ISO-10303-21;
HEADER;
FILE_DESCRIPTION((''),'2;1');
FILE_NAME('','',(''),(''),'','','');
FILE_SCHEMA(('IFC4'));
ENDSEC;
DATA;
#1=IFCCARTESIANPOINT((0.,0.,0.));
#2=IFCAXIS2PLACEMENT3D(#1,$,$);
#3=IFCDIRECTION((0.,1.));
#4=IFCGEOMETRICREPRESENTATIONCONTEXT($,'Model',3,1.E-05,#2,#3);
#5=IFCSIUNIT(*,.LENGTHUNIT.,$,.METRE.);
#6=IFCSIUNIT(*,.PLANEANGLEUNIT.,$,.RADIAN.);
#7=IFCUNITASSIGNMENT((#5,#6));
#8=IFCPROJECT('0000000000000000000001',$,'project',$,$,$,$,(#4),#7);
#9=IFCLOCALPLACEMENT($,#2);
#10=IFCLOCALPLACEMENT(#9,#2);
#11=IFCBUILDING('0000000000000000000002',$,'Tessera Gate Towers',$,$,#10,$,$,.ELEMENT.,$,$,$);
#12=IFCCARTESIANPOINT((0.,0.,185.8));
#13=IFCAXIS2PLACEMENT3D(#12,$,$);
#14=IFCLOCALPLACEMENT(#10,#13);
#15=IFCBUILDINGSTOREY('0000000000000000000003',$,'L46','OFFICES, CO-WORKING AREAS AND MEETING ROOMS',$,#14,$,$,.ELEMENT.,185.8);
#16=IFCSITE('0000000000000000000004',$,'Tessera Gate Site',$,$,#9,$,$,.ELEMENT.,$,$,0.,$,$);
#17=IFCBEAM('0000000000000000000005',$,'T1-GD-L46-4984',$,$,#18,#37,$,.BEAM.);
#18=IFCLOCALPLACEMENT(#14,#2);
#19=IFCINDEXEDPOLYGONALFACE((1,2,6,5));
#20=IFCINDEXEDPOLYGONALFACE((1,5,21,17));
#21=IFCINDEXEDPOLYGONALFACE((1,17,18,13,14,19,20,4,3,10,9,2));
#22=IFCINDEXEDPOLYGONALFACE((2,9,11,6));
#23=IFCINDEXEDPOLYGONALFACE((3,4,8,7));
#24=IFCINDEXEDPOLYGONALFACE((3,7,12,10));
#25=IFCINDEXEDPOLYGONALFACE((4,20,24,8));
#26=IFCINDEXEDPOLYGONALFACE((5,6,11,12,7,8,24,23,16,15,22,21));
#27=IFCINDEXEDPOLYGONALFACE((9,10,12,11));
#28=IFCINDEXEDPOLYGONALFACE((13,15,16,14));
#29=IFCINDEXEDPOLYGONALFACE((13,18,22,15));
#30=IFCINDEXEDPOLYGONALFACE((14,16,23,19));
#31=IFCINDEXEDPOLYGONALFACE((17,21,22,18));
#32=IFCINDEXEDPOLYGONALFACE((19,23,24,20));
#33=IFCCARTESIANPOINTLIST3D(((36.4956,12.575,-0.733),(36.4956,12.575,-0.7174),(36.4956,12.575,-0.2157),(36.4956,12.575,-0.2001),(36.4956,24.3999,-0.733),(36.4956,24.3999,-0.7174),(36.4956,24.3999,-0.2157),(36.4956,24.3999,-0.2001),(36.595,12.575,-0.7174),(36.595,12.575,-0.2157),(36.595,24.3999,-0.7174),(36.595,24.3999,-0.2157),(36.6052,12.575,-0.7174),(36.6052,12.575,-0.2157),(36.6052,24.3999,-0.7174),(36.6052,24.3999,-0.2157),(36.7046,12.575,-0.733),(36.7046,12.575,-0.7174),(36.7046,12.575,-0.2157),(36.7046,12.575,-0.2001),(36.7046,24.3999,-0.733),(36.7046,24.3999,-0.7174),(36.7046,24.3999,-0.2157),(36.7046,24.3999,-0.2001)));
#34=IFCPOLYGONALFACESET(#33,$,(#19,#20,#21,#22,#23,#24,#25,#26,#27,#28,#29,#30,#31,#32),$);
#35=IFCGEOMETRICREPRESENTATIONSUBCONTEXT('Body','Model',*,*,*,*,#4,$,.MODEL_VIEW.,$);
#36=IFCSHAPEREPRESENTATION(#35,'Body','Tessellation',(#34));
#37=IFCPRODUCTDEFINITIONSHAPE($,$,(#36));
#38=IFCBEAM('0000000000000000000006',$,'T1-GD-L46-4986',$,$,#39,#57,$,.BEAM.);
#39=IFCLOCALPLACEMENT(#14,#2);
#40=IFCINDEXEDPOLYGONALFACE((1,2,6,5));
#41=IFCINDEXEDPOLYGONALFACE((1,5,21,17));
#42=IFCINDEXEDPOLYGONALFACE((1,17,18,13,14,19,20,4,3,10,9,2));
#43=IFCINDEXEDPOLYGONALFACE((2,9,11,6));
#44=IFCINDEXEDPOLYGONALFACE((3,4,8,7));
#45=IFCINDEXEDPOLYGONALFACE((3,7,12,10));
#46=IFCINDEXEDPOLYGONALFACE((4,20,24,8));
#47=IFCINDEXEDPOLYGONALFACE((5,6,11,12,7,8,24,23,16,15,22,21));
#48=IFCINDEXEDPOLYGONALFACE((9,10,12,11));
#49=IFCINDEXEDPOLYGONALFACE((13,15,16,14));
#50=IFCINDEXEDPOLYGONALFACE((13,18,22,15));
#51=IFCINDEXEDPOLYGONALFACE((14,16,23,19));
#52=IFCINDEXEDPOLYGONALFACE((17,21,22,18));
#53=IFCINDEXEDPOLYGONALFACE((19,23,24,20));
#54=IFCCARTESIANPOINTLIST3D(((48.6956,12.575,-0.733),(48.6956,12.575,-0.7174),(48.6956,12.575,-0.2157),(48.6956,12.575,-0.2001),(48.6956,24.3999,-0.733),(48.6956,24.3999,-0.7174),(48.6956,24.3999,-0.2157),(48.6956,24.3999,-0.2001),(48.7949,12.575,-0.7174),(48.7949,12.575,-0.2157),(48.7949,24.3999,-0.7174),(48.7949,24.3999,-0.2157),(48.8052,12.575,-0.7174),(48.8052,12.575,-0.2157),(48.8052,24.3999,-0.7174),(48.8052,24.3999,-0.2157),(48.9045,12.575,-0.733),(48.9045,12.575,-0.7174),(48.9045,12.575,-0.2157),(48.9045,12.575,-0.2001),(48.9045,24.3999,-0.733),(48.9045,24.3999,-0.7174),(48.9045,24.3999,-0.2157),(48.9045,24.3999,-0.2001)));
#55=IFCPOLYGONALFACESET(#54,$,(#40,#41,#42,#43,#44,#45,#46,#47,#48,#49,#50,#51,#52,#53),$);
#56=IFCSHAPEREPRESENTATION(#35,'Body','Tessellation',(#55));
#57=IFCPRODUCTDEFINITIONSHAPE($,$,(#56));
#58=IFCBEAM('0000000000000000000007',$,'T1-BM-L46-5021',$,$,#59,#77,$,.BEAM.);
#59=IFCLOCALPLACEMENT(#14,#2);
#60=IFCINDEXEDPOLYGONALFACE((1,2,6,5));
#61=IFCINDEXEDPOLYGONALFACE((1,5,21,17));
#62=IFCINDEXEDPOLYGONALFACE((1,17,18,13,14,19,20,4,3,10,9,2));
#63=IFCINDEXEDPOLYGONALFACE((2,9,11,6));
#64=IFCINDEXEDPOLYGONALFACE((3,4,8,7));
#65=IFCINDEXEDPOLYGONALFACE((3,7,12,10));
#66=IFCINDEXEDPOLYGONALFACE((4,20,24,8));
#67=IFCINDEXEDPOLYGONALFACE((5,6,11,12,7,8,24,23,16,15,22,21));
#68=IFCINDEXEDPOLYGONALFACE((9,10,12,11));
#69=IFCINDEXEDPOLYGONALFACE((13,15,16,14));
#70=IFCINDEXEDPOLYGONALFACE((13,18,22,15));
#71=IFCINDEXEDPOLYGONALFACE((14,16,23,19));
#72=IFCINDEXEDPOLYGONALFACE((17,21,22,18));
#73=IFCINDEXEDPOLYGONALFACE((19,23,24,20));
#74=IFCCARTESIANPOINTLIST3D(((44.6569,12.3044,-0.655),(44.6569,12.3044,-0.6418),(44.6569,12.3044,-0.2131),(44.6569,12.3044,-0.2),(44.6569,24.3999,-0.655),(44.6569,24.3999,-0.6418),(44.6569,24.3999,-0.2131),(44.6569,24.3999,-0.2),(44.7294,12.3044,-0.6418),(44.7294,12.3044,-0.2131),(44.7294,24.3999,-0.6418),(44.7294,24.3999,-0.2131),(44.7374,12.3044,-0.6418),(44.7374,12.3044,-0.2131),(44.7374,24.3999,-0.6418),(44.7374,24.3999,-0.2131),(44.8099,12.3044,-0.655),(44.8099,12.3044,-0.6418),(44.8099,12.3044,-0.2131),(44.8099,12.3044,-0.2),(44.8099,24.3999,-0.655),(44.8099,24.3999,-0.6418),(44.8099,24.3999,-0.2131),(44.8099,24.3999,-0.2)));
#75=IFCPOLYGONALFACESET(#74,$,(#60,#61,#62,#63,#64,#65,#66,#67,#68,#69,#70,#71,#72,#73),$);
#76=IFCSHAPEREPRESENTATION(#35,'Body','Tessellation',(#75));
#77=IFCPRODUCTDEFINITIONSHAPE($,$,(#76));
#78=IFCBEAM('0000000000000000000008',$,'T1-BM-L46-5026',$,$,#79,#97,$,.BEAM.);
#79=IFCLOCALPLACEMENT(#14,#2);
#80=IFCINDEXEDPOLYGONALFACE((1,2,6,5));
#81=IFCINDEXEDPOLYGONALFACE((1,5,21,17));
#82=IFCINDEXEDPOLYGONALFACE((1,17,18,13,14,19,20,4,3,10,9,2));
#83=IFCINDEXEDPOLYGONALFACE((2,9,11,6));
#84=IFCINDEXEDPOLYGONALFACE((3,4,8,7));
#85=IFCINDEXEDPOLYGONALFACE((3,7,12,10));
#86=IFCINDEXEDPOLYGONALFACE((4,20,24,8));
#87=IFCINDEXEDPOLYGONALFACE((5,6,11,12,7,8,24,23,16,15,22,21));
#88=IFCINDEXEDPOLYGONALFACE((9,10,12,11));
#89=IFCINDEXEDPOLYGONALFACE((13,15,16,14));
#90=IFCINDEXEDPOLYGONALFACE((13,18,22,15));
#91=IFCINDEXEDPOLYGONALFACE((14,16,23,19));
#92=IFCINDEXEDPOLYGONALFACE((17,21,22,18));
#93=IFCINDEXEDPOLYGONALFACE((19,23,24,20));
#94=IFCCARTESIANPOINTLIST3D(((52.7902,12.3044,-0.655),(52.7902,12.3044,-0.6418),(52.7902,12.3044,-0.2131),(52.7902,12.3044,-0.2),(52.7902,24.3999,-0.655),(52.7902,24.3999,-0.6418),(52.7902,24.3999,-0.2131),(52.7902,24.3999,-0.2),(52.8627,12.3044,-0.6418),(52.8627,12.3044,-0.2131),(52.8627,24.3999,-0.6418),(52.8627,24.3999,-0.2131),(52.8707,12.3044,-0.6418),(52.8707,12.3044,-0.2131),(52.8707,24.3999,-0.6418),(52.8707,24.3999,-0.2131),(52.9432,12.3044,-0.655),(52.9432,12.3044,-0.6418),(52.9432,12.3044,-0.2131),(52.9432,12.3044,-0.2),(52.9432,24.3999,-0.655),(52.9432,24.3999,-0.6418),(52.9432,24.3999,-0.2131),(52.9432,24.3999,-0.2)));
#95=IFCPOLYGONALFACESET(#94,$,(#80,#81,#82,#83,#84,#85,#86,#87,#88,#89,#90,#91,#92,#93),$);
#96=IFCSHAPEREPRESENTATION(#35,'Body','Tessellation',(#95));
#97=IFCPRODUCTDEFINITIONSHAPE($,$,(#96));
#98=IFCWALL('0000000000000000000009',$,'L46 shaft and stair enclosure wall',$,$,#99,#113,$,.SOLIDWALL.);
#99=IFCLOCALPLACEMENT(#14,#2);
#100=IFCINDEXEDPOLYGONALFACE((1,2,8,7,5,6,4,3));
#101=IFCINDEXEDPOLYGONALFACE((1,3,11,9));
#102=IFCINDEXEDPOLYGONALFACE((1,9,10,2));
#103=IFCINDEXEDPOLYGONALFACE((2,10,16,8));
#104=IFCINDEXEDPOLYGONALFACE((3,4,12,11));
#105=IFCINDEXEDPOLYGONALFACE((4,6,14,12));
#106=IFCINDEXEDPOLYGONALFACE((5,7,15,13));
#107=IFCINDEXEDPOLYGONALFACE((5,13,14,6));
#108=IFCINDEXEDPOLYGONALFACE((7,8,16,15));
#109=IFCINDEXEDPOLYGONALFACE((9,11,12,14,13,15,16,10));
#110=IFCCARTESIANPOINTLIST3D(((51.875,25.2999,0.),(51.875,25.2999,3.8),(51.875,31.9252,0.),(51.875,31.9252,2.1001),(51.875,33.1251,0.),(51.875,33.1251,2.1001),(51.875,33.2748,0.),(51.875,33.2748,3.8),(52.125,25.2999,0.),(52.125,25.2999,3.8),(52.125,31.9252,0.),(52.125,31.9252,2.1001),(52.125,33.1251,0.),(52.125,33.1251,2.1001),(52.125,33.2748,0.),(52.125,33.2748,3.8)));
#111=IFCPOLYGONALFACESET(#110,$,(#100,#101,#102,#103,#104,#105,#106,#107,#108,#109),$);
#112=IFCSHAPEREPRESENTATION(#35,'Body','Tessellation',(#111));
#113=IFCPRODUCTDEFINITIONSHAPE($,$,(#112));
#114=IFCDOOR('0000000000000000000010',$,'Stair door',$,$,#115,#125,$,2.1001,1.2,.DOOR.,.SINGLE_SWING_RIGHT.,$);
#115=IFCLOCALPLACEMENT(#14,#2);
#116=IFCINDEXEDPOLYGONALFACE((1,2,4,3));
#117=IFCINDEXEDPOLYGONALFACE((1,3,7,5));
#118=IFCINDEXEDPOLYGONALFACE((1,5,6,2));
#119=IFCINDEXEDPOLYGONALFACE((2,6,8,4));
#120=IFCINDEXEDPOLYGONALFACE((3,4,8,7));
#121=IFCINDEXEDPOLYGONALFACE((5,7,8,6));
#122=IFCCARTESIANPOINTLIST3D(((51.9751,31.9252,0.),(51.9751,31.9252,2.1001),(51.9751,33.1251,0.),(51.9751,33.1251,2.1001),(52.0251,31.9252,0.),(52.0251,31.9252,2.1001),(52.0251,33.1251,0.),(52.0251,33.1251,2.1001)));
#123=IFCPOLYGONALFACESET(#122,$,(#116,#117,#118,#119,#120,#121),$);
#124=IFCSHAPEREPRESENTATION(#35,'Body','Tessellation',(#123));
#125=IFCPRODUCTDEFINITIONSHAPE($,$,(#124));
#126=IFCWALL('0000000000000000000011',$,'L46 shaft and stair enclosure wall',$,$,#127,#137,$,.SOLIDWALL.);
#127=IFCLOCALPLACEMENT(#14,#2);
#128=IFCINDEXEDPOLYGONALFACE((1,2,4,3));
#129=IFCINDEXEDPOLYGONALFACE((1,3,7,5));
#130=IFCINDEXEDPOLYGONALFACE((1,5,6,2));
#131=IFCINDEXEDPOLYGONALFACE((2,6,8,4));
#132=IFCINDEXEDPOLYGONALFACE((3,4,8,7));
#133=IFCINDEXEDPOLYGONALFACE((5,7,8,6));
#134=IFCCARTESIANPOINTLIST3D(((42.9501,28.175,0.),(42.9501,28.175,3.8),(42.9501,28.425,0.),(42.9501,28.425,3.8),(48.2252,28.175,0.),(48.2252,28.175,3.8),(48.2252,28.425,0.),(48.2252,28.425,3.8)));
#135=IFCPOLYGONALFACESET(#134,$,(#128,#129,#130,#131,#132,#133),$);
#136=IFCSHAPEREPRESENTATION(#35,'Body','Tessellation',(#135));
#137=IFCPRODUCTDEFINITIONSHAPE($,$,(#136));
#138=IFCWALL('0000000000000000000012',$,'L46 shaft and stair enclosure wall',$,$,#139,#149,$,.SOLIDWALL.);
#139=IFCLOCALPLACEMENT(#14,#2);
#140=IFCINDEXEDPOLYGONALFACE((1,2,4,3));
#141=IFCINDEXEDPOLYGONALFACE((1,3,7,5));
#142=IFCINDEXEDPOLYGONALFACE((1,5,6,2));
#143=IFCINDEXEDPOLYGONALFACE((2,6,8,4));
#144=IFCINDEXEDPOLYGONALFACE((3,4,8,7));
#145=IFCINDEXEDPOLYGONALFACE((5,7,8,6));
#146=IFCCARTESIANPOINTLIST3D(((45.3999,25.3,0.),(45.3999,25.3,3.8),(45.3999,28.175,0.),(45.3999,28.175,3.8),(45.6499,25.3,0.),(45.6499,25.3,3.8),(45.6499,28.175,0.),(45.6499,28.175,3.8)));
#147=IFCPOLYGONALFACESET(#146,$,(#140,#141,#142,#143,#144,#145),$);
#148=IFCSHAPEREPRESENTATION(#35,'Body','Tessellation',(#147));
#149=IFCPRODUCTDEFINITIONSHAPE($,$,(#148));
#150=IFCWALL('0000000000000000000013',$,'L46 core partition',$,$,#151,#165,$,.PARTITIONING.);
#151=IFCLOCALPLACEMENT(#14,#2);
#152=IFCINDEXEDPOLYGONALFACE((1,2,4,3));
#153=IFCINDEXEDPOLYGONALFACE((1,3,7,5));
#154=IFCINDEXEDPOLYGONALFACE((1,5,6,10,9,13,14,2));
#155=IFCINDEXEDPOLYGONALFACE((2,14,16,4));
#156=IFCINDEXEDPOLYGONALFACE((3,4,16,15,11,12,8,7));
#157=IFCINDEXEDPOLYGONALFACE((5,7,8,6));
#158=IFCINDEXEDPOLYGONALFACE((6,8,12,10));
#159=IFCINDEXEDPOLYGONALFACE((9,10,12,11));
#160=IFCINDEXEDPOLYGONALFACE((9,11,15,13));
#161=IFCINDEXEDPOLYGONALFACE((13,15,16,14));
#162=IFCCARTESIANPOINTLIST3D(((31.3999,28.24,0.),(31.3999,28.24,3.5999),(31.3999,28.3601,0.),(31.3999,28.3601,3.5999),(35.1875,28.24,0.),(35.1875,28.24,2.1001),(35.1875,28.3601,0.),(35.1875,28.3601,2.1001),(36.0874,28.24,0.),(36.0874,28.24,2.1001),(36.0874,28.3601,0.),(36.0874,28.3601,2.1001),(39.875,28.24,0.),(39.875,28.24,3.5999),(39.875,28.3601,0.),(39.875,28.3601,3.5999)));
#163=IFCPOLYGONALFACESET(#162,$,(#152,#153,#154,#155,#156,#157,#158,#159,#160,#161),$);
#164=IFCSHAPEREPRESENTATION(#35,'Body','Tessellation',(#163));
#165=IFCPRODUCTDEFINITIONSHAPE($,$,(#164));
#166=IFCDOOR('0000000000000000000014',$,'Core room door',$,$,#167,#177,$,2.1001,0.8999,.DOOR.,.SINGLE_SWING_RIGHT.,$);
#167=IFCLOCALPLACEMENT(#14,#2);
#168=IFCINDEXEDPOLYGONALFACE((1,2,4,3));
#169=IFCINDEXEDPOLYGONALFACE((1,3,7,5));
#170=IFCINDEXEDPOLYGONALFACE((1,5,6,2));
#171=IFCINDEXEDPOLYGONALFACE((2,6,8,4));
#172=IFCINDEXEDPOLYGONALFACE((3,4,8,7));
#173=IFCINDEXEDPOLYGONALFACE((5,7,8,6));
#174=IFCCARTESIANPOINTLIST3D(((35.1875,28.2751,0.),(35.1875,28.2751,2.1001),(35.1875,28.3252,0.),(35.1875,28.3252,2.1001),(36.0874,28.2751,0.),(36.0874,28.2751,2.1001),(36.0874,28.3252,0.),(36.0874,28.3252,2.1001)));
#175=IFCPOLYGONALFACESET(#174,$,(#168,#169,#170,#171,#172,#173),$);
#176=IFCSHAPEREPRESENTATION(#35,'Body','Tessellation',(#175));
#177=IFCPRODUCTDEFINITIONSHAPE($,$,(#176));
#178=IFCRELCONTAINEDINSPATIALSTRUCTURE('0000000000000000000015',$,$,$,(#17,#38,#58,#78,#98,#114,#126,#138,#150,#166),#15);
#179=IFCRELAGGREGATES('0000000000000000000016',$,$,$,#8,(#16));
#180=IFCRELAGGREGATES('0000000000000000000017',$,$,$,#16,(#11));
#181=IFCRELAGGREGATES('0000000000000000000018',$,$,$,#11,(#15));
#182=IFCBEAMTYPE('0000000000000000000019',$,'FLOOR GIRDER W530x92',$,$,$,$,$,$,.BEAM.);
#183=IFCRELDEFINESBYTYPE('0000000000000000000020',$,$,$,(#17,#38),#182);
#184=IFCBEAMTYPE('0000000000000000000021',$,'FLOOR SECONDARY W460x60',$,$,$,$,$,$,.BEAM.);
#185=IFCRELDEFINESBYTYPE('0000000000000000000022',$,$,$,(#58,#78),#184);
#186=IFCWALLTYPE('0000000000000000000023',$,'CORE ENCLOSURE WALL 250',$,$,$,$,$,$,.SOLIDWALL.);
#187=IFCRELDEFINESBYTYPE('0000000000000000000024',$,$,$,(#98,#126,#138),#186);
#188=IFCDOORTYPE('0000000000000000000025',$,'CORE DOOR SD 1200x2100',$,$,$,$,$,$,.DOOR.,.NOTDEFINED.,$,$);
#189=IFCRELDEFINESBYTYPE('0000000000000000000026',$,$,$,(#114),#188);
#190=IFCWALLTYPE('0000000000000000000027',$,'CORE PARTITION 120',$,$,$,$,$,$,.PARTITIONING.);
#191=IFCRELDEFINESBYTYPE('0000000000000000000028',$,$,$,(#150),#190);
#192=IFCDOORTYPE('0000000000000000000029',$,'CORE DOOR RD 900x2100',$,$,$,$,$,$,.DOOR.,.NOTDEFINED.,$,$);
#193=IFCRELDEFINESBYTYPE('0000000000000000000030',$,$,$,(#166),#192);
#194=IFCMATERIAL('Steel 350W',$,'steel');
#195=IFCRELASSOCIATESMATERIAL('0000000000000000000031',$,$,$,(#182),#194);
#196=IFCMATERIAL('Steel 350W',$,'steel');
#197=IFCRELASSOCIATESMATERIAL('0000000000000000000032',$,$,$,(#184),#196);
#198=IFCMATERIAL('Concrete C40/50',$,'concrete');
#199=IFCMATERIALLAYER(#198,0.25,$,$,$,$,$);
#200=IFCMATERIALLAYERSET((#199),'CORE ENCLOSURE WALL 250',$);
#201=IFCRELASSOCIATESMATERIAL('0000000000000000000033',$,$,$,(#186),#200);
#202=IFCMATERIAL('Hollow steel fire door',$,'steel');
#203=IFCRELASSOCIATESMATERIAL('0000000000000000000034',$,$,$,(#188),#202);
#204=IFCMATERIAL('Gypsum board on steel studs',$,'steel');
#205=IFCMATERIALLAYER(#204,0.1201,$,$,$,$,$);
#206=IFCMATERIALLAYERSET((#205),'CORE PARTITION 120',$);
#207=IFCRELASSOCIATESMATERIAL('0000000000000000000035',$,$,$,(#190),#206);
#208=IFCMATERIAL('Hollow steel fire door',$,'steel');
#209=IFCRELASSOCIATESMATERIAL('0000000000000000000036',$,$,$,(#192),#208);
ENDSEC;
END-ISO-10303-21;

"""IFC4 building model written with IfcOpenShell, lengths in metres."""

from ifc_helpers import new_model, si_unit, direction, frame, frame_2d, origin, origin_2d, place, context, subcontext, project, spatial, rectangle, i_section, extrude, source, transform, mapped, material, layer, layer_set, material_profile, profile_set, type_object, element, fill, save


model = new_model("IFC4")

# Units and contexts
model_context = context("Model", 3, precision=1e-05, world=origin(), true_north=direction((0.0, 1.0)))
body_context = subcontext(model_context, "Body", "Model", "MODEL_VIEW")
ifc_project = project(units=[si_unit("LENGTHUNIT", "METRE"), si_unit("PLANEANGLEUNIT", "RADIAN")], contexts=[model_context])

# Site, building, storey
site_placement = place(None, origin())
site = spatial("IfcSite", under=ifc_project, at=site_placement, Name="Tessera Gate Site", CompositionType="ELEMENT", RefElevation=0.0)
building_placement = place(site_placement, origin())
building = spatial("IfcBuilding", under=site, at=building_placement, Name="Tessera Gate Towers", CompositionType="ELEMENT")
storey_placement = place(building_placement, frame((0.0, 0.0, 185.8)))
storey = spatial("IfcBuildingStorey", under=building, at=storey_placement, Name="L46", Description="OFFICES, CO-WORKING AREAS AND MEETING ROOMS", CompositionType="ELEMENT", Elevation=185.8)

# Beams
ifc_material_1 = material(Name="Steel 350W", Category="steel")
ifc_material_profile_1 = material_profile(ifc_material_1, i_section(OverallWidth=0.209, OverallDepth=0.533, WebThickness=0.0103, FlangeThickness=0.0156, at=origin_2d()), Name="W530x92")
ifc_profile_set_1 = profile_set([ifc_material_profile_1], Name="Steel 350W")
beam_type_1 = type_object("IfcBeamType", Name="FLOOR GIRDER W530x92", PredefinedType="BEAM", material=ifc_profile_set_1)
for number, where, z_axis, x_axis, name in (
    (1, (36.6001, 12.575, -0.4666), (0.0, 1.0, 0.0), (-1.0, 0.0, 0.0), "T1-GD-L46-4984"),
    (2, (48.8, 12.575, -0.4666), (0.0, 1.0, 0.0), (-1.0, 0.0, 0.0), "T1-GD-L46-4986"),
):
    element("IfcBeam", number, at=place(storey_placement, frame(where, z_axis=z_axis, x_axis=x_axis)), inside=storey, type_object=beam_type_1, Name=name, PredefinedType="BEAM", context=body_context, shape_type="SweptSolid", body=[
        extrude(i_section(OverallWidth=0.209, OverallDepth=0.533, WebThickness=0.0103, FlangeThickness=0.0156, at=origin_2d()), origin(), (0.0, 0.0, 1.0), 11.825),
    ])
ifc_material_2 = material(Name="Steel 350W", Category="steel")
ifc_material_profile_2 = material_profile(ifc_material_2, i_section(OverallWidth=0.1531, OverallDepth=0.4551, WebThickness=0.0081, FlangeThickness=0.0132, at=origin_2d()), Name="W460x60")
ifc_profile_set_2 = profile_set([ifc_material_profile_2], Name="Steel 350W")
beam_type_2 = type_object("IfcBeamType", Name="FLOOR SECONDARY W460x60", PredefinedType="BEAM", material=ifc_profile_set_2)
for number, where, z_axis, x_axis, name in (
    (3, (44.7334, 12.3044, -0.4275), (0.0, 1.0, 0.0), (-1.0, 0.0, 0.0), "T1-BM-L46-5021"),
    (4, (52.8667, 12.3044, -0.4275), (0.0, 1.0, 0.0), (-1.0, 0.0, 0.0), "T1-BM-L46-5026"),
):
    element("IfcBeam", number, at=place(storey_placement, frame(where, z_axis=z_axis, x_axis=x_axis)), inside=storey, type_object=beam_type_2, Name=name, PredefinedType="BEAM", context=body_context, shape_type="SweptSolid", body=[
        extrude(i_section(OverallWidth=0.1531, OverallDepth=0.4551, WebThickness=0.0081, FlangeThickness=0.0132, at=origin_2d()), origin(), (0.0, 0.0, 1.0), 12.0955),
    ])

# Wall, opening, door
ifc_material_3 = material(Name="Concrete C40/50", Category="concrete")
ifc_layer_1 = layer(ifc_material_3, 0.25)
ifc_layer_set_1 = layer_set([ifc_layer_1], Name="CORE ENCLOSURE WALL 250")
wall_type_1 = type_object("IfcWallType", Name="CORE ENCLOSURE WALL 250", PredefinedType="SOLIDWALL", material=ifc_layer_set_1)
wall_1_placement = place(storey_placement, frame((52.0, 25.3, 0.0), z_axis=(0.0, 0.0, 1.0), x_axis=(0.0, 1.0, 0.0)))
wall_1 = element("IfcWall", 5, at=wall_1_placement, inside=storey, type_object=wall_type_1, Name="L46 shaft and stair enclosure wall", PredefinedType="SOLIDWALL", context=body_context, shape_type="SweptSolid", body=[
    extrude(rectangle(XDim=7.9749, YDim=0.25, at=frame_2d((3.9873, 0.0))), origin(), (0.0, 0.0, 1.0), 3.8),
])
shared_shape_1 = source(origin(), body_context, "Body", "SweptSolid", [
    extrude(rectangle(XDim=1.2, YDim=2.1001, at=frame_2d((0.6001, 1.05))), frame((0.0, 0.135, 0.0), z_axis=(0.0, -1.0, 0.0), x_axis=(1.0, 0.0, 0.0)), (0.0, 0.0, 1.0), 0.27),
])
opening_1_placement = place(wall_1_placement, frame((6.625, 0.0, 0.0)))
opening_1 = element("IfcOpeningElement", 6, at=opening_1_placement, cuts=wall_1, PredefinedType="OPENING", context=body_context, shape_type="MappedRepresentation", body=[
    mapped(shared_shape_1, transform((0.0, 0.0, 0.0), scale=1.0)),
])
ifc_material_4 = material(Name="Hollow steel fire door", Category="steel")
door_type_1 = type_object("IfcDoorType", Name="CORE DOOR SD 1200x2100", OperationType="NOTDEFINED", PredefinedType="DOOR", material=ifc_material_4)
shared_shape_2 = source(origin(), body_context, "Body", "SweptSolid", [
    extrude(rectangle(XDim=1.2, YDim=2.1001, at=frame_2d((0.6001, 1.05))), frame((0.0, 0.0249, 0.0), z_axis=(0.0, -1.0, 0.0), x_axis=(1.0, 0.0, 0.0)), (0.0, 0.0, 1.0), 0.05),
])
door_1_placement = place(opening_1_placement, origin())
door_1 = element("IfcDoor", 7, at=door_1_placement, inside=storey, type_object=door_type_1, Name="Stair door", OperationType="SINGLE_SWING_RIGHT", OverallHeight=2.1001, OverallWidth=1.2, PredefinedType="DOOR", context=body_context, shape_type="MappedRepresentation", body=[
    mapped(shared_shape_2, transform((0.0, 0.0, 0.0), scale=1.0)),
])
fill(opening_1, door_1)

# Walls
wall_2_placement = place(storey_placement, frame((42.95, 28.3, 0.0), z_axis=(0.0, 0.0, 1.0), x_axis=(1.0, 0.0, 0.0)))
element("IfcWall", 8, at=wall_2_placement, inside=storey, type_object=wall_type_1, Name="L46 shaft and stair enclosure wall", PredefinedType="SOLIDWALL", context=body_context, shape_type="SweptSolid", body=[
    extrude(rectangle(XDim=5.2751, YDim=0.25, at=frame_2d((2.6377, 0.0))), origin(), (0.0, 0.0, 1.0), 3.8),
])
wall_3_placement = place(storey_placement, frame((45.5249, 25.3, 0.0), z_axis=(0.0, 0.0, 1.0), x_axis=(0.0, 1.0, 0.0)))
element("IfcWall", 9, at=wall_3_placement, inside=storey, type_object=wall_type_1, Name="L46 shaft and stair enclosure wall", PredefinedType="SOLIDWALL", context=body_context, shape_type="SweptSolid", body=[
    extrude(rectangle(XDim=2.875, YDim=0.25, at=frame_2d((1.4375, 0.0))), origin(), (0.0, 0.0, 1.0), 3.8),
])

# Wall, opening, door
ifc_material_5 = material(Name="Gypsum board on steel studs", Category="steel")
ifc_layer_2 = layer(ifc_material_5, 0.1201)
ifc_layer_set_2 = layer_set([ifc_layer_2], Name="CORE PARTITION 120")
wall_type_2 = type_object("IfcWallType", Name="CORE PARTITION 120", PredefinedType="PARTITIONING", material=ifc_layer_set_2)
wall_4_placement = place(storey_placement, frame((39.875, 28.3, 0.0), z_axis=(0.0, 0.0, 1.0), x_axis=(-1.0, 0.0, 0.0)))
wall_4 = element("IfcWall", 10, at=wall_4_placement, inside=storey, type_object=wall_type_2, Name="L46 core partition", PredefinedType="PARTITIONING", context=body_context, shape_type="SweptSolid", body=[
    extrude(rectangle(XDim=8.4751, YDim=0.1201, at=frame_2d((4.2375, 0.0))), origin(), (0.0, 0.0, 1.0), 3.5999),
])
shared_shape_3 = source(origin(), body_context, "Body", "SweptSolid", [
    extrude(rectangle(XDim=0.8999, YDim=2.1001, at=frame_2d((0.45, 1.05))), frame((0.0, 0.0701, 0.0), z_axis=(0.0, -1.0, 0.0), x_axis=(1.0, 0.0, 0.0)), (0.0, 0.0, 1.0), 0.1401),
])
opening_2_placement = place(wall_4_placement, frame((3.7876, 0.0, 0.0)))
opening_2 = element("IfcOpeningElement", 11, at=opening_2_placement, cuts=wall_4, PredefinedType="OPENING", context=body_context, shape_type="MappedRepresentation", body=[
    mapped(shared_shape_3, transform((0.0, 0.0, 0.0), scale=1.0)),
])
ifc_material_6 = material(Name="Hollow steel fire door", Category="steel")
door_type_2 = type_object("IfcDoorType", Name="CORE DOOR RD 900x2100", OperationType="NOTDEFINED", PredefinedType="DOOR", material=ifc_material_6)
shared_shape_4 = source(origin(), body_context, "Body", "SweptSolid", [
    extrude(rectangle(XDim=0.8999, YDim=2.1001, at=frame_2d((0.45, 1.05))), frame((0.0, 0.0249, 0.0), z_axis=(0.0, -1.0, 0.0), x_axis=(1.0, 0.0, 0.0)), (0.0, 0.0, 1.0), 0.05),
])
door_2_placement = place(opening_2_placement, origin())
door_2 = element("IfcDoor", 12, at=door_2_placement, inside=storey, type_object=door_type_2, Name="Core room door", OperationType="SINGLE_SWING_RIGHT", OverallHeight=2.1001, OverallWidth=0.8999, PredefinedType="DOOR", context=body_context, shape_type="MappedRepresentation", body=[
    mapped(shared_shape_4, transform((0.0, 0.0, 0.0), scale=1.0)),
])
fill(opening_2, door_2)

save(model, "model.ifc")
